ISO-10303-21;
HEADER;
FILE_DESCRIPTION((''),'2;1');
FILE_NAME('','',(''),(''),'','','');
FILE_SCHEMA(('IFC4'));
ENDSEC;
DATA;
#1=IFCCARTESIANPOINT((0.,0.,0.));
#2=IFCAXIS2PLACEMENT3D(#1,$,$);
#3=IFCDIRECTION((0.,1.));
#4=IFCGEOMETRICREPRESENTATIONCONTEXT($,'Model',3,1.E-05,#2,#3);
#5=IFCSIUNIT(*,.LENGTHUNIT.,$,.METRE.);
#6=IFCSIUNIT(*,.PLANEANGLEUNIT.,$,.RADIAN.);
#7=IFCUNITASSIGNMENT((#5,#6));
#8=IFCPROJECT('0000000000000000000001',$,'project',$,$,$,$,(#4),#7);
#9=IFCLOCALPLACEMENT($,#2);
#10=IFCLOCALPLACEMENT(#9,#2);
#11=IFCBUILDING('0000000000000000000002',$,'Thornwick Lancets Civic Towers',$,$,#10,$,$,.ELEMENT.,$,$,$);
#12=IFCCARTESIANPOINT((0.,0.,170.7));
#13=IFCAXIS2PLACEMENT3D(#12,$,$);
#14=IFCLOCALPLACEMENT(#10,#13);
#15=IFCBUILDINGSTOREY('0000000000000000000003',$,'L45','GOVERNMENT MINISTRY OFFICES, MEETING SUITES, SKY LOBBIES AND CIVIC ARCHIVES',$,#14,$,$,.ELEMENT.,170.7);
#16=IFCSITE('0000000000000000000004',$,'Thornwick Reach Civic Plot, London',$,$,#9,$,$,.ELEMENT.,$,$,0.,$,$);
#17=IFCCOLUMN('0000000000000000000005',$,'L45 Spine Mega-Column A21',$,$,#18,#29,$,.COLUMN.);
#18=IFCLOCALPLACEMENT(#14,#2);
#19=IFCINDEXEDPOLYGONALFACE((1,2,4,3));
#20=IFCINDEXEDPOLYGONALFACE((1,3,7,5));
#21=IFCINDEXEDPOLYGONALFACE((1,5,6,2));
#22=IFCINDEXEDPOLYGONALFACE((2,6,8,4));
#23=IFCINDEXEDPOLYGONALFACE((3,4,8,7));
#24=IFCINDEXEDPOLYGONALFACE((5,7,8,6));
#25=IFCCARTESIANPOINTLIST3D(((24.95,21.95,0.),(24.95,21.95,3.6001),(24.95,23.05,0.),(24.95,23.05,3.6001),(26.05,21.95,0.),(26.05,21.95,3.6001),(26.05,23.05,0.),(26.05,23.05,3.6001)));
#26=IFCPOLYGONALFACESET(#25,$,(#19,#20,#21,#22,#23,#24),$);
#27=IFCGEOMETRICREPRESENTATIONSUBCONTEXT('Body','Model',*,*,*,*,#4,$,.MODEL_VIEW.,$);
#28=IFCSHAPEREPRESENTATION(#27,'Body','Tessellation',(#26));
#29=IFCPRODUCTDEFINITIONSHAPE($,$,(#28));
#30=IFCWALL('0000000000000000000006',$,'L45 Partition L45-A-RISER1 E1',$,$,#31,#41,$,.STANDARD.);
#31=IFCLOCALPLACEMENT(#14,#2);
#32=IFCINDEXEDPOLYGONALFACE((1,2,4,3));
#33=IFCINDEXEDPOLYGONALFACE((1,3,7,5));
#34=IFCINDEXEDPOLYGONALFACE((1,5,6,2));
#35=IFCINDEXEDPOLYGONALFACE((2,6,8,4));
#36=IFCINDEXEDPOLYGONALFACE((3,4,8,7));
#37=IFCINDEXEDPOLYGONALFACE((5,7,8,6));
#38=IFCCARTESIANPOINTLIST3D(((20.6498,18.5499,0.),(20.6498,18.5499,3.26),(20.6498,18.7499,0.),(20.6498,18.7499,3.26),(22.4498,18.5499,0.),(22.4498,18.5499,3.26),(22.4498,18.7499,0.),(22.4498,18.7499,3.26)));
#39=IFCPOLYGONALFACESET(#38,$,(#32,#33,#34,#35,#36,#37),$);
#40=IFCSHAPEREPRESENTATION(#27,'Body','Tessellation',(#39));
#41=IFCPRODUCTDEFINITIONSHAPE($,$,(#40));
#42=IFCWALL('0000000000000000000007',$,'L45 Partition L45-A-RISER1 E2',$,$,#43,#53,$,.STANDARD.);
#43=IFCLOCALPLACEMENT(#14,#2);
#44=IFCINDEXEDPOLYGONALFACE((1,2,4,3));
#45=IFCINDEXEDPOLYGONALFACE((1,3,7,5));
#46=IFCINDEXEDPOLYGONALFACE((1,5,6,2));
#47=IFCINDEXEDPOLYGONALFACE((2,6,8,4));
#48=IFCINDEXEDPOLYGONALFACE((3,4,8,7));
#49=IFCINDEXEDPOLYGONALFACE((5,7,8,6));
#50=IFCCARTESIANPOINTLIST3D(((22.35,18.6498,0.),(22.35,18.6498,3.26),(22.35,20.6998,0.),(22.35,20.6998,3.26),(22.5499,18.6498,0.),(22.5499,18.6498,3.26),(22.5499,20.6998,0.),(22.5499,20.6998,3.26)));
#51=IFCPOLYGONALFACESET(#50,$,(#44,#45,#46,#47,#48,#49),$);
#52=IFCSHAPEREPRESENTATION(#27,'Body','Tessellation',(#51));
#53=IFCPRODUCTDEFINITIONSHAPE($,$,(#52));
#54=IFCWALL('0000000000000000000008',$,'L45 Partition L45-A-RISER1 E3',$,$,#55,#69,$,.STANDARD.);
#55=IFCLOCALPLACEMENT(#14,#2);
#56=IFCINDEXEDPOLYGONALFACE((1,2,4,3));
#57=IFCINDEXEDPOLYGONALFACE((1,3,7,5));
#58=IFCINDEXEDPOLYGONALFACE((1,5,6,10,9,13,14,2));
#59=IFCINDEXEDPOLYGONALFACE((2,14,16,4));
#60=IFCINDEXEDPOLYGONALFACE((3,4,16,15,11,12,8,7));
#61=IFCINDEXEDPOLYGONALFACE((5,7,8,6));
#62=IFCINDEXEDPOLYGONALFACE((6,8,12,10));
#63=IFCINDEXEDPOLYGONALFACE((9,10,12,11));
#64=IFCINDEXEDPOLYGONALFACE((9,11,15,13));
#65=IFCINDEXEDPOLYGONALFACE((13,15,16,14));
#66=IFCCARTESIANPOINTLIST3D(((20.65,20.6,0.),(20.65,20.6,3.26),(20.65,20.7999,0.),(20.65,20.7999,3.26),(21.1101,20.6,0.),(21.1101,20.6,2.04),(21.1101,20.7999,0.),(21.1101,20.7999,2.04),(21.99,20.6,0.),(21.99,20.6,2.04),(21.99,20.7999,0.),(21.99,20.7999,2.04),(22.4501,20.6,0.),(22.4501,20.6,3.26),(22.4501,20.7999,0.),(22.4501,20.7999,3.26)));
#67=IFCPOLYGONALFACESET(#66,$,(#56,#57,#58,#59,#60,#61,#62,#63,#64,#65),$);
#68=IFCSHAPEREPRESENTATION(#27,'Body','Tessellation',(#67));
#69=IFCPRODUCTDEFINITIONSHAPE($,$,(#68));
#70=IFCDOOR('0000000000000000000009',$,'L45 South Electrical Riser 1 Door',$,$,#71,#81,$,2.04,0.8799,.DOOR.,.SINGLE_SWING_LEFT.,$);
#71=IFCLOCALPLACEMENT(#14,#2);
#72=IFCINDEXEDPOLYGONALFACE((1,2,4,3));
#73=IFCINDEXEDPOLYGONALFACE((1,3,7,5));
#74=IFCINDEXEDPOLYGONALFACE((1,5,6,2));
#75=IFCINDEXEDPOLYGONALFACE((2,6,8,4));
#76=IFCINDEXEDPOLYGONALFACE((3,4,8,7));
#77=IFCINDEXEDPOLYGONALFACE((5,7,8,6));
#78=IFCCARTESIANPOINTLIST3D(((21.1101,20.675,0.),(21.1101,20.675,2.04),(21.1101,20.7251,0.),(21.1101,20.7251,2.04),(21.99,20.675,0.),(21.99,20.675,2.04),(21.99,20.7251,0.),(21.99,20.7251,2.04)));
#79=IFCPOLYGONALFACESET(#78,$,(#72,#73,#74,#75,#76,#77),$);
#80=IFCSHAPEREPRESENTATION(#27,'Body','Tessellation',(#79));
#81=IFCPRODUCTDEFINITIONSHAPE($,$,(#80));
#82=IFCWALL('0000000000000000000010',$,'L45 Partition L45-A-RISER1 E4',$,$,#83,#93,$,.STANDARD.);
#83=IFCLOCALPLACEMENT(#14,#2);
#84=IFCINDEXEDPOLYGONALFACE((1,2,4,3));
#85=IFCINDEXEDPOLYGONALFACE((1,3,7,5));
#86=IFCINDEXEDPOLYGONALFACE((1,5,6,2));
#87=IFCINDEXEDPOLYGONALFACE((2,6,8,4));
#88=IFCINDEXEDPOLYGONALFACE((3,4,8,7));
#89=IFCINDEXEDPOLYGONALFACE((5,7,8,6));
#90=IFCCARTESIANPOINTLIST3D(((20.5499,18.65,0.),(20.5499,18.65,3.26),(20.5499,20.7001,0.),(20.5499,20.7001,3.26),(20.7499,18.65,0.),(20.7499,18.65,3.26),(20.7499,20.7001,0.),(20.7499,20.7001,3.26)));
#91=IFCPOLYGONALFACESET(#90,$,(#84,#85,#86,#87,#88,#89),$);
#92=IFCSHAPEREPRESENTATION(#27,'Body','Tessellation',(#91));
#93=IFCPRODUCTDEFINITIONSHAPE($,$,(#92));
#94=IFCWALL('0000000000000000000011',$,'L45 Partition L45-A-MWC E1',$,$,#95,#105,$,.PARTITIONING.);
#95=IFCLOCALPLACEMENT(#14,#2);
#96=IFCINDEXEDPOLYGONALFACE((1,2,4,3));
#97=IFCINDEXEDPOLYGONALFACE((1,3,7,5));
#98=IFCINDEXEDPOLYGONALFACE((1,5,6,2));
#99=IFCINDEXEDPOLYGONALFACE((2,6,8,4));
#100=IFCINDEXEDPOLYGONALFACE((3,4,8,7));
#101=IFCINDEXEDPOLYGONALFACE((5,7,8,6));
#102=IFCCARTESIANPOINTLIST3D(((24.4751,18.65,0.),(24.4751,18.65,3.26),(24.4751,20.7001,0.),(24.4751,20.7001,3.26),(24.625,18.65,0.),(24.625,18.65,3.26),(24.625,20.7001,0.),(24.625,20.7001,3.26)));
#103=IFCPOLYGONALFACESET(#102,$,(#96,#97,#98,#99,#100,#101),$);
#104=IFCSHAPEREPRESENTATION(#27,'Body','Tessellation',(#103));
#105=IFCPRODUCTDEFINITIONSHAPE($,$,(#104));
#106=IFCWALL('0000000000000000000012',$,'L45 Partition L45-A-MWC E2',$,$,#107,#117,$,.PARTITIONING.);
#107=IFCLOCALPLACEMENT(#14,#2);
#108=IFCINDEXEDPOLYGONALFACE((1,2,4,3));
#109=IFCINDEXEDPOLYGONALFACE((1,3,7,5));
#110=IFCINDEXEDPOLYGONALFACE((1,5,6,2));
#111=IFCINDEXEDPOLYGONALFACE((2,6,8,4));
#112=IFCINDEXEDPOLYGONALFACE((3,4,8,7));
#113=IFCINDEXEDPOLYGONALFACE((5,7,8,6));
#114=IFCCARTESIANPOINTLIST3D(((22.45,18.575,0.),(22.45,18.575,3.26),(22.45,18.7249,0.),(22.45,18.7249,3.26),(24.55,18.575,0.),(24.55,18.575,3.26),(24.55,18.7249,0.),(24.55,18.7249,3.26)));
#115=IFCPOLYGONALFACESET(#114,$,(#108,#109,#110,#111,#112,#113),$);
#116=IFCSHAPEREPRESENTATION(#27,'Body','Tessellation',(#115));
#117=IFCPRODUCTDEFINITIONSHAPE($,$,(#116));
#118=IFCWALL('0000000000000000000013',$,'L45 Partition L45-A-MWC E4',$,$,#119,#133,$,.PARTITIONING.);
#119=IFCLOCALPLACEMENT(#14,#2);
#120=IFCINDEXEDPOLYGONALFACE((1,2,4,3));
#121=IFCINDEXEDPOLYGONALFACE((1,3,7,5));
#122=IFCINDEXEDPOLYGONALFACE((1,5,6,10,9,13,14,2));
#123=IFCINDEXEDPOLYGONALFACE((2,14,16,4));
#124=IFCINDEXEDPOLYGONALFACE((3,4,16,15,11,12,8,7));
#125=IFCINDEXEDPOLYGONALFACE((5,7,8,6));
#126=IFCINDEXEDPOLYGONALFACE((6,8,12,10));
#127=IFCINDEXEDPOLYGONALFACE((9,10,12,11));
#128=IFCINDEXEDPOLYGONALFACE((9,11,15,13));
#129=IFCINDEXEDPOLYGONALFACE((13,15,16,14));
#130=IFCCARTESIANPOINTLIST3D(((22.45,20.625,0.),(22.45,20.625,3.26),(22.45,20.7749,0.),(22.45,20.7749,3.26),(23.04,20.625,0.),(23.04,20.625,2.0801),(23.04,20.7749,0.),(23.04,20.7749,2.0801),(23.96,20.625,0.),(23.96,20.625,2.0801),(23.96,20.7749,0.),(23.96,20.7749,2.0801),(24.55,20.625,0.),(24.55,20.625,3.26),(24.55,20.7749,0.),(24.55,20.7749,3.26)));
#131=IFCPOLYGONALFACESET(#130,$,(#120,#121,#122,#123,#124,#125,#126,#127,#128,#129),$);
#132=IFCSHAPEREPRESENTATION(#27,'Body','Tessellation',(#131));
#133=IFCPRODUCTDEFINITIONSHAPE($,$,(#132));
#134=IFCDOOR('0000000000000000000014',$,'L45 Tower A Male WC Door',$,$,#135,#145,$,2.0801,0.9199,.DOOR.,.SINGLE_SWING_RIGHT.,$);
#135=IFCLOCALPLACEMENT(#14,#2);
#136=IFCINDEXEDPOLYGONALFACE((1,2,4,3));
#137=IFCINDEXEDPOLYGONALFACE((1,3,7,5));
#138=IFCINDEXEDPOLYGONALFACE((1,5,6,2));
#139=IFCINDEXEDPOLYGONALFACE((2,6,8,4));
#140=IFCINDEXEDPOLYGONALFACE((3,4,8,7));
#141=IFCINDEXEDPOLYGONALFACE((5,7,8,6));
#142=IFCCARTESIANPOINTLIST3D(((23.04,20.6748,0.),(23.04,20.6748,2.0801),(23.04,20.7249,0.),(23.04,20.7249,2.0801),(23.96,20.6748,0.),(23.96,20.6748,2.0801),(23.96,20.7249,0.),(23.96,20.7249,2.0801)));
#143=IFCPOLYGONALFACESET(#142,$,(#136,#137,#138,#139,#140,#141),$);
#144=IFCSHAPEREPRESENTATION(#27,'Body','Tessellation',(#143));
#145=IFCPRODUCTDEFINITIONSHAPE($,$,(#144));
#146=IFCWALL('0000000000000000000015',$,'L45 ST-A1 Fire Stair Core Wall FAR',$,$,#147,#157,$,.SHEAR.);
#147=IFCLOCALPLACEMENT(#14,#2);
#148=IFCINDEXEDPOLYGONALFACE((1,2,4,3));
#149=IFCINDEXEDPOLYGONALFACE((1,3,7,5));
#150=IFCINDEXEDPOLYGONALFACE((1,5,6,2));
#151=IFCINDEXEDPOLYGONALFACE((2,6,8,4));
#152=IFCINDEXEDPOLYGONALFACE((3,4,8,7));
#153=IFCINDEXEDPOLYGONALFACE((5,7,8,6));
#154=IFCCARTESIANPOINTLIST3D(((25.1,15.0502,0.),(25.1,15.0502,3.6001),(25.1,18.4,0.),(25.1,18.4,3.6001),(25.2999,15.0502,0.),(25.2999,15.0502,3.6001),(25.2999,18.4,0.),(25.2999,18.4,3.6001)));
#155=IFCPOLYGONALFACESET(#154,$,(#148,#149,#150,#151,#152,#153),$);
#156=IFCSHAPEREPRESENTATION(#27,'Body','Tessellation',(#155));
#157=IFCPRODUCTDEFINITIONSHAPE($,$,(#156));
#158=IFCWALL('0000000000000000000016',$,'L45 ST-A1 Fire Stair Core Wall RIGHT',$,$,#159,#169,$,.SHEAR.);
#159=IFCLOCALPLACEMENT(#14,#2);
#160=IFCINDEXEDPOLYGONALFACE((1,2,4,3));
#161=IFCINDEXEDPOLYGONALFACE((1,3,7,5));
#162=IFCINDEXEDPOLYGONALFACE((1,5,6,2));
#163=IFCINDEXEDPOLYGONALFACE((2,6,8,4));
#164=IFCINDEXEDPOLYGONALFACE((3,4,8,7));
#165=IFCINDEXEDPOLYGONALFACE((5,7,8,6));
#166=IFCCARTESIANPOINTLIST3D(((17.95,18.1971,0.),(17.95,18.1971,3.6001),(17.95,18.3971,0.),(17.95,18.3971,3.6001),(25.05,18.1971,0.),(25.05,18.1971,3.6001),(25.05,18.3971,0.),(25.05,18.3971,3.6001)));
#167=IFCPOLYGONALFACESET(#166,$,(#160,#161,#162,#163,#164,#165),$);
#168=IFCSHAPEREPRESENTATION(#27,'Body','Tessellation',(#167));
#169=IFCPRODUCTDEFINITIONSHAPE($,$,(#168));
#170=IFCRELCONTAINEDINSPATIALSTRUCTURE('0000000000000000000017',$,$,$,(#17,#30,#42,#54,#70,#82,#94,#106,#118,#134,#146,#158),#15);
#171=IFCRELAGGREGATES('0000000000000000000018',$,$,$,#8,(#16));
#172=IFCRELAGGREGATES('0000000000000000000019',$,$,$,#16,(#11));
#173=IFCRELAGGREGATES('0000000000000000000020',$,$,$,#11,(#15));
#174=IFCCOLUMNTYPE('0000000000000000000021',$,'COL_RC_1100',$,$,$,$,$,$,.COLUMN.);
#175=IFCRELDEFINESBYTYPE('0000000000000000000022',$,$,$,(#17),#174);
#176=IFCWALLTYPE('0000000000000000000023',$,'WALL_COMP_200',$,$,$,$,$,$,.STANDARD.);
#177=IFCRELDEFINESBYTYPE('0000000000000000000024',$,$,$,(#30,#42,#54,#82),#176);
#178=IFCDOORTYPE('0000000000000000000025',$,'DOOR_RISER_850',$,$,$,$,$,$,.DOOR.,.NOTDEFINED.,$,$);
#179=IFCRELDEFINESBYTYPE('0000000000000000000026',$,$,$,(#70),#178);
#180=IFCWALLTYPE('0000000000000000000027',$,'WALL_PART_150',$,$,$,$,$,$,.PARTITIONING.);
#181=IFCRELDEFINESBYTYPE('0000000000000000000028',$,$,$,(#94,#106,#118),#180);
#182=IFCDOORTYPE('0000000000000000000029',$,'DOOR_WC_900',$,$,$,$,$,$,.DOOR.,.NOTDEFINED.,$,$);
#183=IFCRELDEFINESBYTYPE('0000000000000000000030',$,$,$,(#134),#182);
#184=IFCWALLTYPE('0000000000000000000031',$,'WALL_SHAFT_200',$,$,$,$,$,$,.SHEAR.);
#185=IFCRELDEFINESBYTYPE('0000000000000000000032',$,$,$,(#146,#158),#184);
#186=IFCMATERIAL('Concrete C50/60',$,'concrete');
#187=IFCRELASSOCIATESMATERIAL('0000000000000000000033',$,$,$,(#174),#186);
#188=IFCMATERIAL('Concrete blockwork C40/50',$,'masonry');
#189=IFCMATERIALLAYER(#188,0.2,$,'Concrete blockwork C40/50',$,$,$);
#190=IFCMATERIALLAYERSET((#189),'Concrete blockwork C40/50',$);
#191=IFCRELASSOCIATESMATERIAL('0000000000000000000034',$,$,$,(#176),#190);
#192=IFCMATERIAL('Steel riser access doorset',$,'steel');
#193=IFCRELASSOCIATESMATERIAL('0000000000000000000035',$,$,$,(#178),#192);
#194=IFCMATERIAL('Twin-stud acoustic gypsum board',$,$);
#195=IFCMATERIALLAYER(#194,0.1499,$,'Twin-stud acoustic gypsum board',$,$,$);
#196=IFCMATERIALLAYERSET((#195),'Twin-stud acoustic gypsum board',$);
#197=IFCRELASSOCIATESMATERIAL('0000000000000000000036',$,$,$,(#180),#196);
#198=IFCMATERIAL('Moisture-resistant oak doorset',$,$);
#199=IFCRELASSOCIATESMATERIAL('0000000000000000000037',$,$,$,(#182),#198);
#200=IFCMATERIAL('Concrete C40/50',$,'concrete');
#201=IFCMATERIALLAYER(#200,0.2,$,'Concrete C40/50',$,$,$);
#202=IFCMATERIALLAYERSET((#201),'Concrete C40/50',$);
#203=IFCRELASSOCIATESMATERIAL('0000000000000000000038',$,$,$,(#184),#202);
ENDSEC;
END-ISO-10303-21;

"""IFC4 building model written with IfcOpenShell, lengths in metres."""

from ifc_helpers import new_model, si_unit, direction, frame, frame_2d, origin, origin_2d, place, context, subcontext, project, spatial, rectangle, extrude, material, layer, layer_set, material_profile, profile_set, type_object, element, fill, save


model = new_model("IFC4")

# Units and contexts
model_context = context("Model", 3, precision=1e-05, world=origin(), true_north=direction((0.0, 1.0)))
body_context = subcontext(model_context, "Body", "Model", "MODEL_VIEW")
ifc_project = project(units=[si_unit("LENGTHUNIT", "METRE"), si_unit("PLANEANGLEUNIT", "RADIAN")], contexts=[model_context])

# Site, building, storey
site_placement = place(None, origin())
site = spatial("IfcSite", under=ifc_project, at=site_placement, Name="Thornwick Reach Civic Plot, London", CompositionType="ELEMENT", RefElevation=0.0)
building_placement = place(site_placement, origin())
building = spatial("IfcBuilding", under=site, at=building_placement, Name="Thornwick Lancets Civic Towers", CompositionType="ELEMENT")
storey_placement = place(building_placement, frame((0.0, 0.0, 170.7)))
storey = spatial("IfcBuildingStorey", under=building, at=storey_placement, Name="L45", Description="GOVERNMENT MINISTRY OFFICES, MEETING SUITES, SKY LOBBIES AND CIVIC ARCHIVES", CompositionType="ELEMENT", Elevation=170.7)

# Column
ifc_material_1 = material(Name="Concrete C50/60", Category="concrete")
ifc_material_profile = material_profile(ifc_material_1, rectangle(XDim=1.1001, YDim=1.1001, at=origin_2d()), Name="RC 1100x1100")
ifc_profile_set = profile_set([ifc_material_profile], Name="Concrete C50/60")
column_type = type_object("IfcColumnType", Name="COL_RC_1100", PredefinedType="COLUMN", material=ifc_profile_set)
column_placement = place(storey_placement, frame((25.5, 22.5, 0.0), z_axis=(0.0, 0.0, 1.0), x_axis=(1.0, 0.0, 0.0)))
element("IfcColumn", 1, at=column_placement, inside=storey, type_object=column_type, Name="L45 Spine Mega-Column A21", PredefinedType="COLUMN", context=body_context, shape_type="SweptSolid", body=[
    extrude(rectangle(XDim=1.1001, YDim=1.1001, at=origin_2d()), origin(), (0.0, 0.0, 1.0), 3.6001),
])

# Walls
ifc_material_2 = material(Name="Concrete blockwork C40/50", Category="masonry")
ifc_layer_1 = layer(ifc_material_2, 0.2, Name="Concrete blockwork C40/50")
ifc_layer_set_1 = layer_set([ifc_layer_1], Name="Concrete blockwork C40/50")
wall_type_1 = type_object("IfcWallType", Name="WALL_COMP_200", PredefinedType="STANDARD", material=ifc_layer_set_1)
wall_1_placement = place(storey_placement, frame((20.6499, 18.6499, 0.0), z_axis=(0.0, 0.0, 1.0), x_axis=(1.0, 0.0, 0.0)))
element("IfcWall", 2, at=wall_1_placement, inside=storey, type_object=wall_type_1, Name="L45 Partition L45-A-RISER1 E1", PredefinedType="STANDARD", context=body_context, shape_type="SweptSolid", body=[
    extrude(rectangle(XDim=1.8, YDim=0.2, at=frame_2d((0.8999, 0.0))), origin(), (0.0, 0.0, 1.0), 3.26),
])
wall_2_placement = place(storey_placement, frame((22.45, 18.6499, 0.0), z_axis=(0.0, 0.0, 1.0), x_axis=(0.0, 1.0, 0.0)))
element("IfcWall", 3, at=wall_2_placement, inside=storey, type_object=wall_type_1, Name="L45 Partition L45-A-RISER1 E2", PredefinedType="STANDARD", context=body_context, shape_type="SweptSolid", body=[
    extrude(rectangle(XDim=2.05, YDim=0.2, at=frame_2d((1.0249, 0.0))), origin(), (0.0, 0.0, 1.0), 3.26),
])

# Wall, opening, door
wall_3_placement = place(storey_placement, frame((22.45, 20.7, 0.0), z_axis=(0.0, 0.0, 1.0), x_axis=(-1.0, 0.0, 0.0)))
wall_3 = element("IfcWall", 4, at=wall_3_placement, inside=storey, type_object=wall_type_1, Name="L45 Partition L45-A-RISER1 E3", PredefinedType="STANDARD", context=body_context, shape_type="SweptSolid", body=[
    extrude(rectangle(XDim=1.8, YDim=0.2, at=frame_2d((0.8999, 0.0))), origin(), (0.0, 0.0, 1.0), 3.26),
])
opening_1_placement = place(wall_3_placement, frame((0.46, 0.0, 0.0)))
opening_1 = element("IfcOpeningElement", 5, at=opening_1_placement, cuts=wall_3, PredefinedType="OPENING", context=body_context, shape_type="SweptSolid", body=[
    extrude(rectangle(XDim=0.8799, YDim=2.04, at=frame_2d((0.4399, 1.02))), frame((0.0, 0.1099, 0.0), z_axis=(0.0, -1.0, 0.0), x_axis=(1.0, 0.0, 0.0)), (0.0, 0.0, 1.0), 0.22),
])
ifc_material_3 = material(Name="Steel riser access doorset", Category="steel")
door_type_1 = type_object("IfcDoorType", Name="DOOR_RISER_850", OperationType="NOTDEFINED", PredefinedType="DOOR", material=ifc_material_3)
door_1_placement = place(opening_1_placement, origin())
door_1 = element("IfcDoor", 6, at=door_1_placement, inside=storey, type_object=door_type_1, Name="L45 South Electrical Riser 1 Door", OperationType="SINGLE_SWING_LEFT", OverallHeight=2.04, OverallWidth=0.8799, PredefinedType="DOOR", context=body_context, shape_type="SweptSolid", body=[
    extrude(rectangle(XDim=0.8799, YDim=2.04, at=frame_2d((0.4399, 1.02))), frame((0.0, 0.0249, 0.0), z_axis=(0.0, -1.0, 0.0), x_axis=(1.0, 0.0, 0.0)), (0.0, 0.0, 1.0), 0.05),
])
fill(opening_1, door_1)

# Walls
wall_4_placement = place(storey_placement, frame((20.6499, 20.7, 0.0), z_axis=(0.0, 0.0, 1.0), x_axis=(0.0, -1.0, 0.0)))
element("IfcWall", 7, at=wall_4_placement, inside=storey, type_object=wall_type_1, Name="L45 Partition L45-A-RISER1 E4", PredefinedType="STANDARD", context=body_context, shape_type="SweptSolid", body=[
    extrude(rectangle(XDim=2.05, YDim=0.2, at=frame_2d((1.0249, 0.0))), origin(), (0.0, 0.0, 1.0), 3.26),
])
ifc_material_4 = material(Name="Twin-stud acoustic gypsum board")
ifc_layer_2 = layer(ifc_material_4, 0.1499, Name="Twin-stud acoustic gypsum board")
ifc_layer_set_2 = layer_set([ifc_layer_2], Name="Twin-stud acoustic gypsum board")
wall_type_2 = type_object("IfcWallType", Name="WALL_PART_150", PredefinedType="PARTITIONING", material=ifc_layer_set_2)
wall_5_placement = place(storey_placement, frame((24.55, 20.7, 0.0), z_axis=(0.0, 0.0, 1.0), x_axis=(0.0, -1.0, 0.0)))
element("IfcWall", 8, at=wall_5_placement, inside=storey, type_object=wall_type_2, Name="L45 Partition L45-A-MWC E1", PredefinedType="PARTITIONING", context=body_context, shape_type="SweptSolid", body=[
    extrude(rectangle(XDim=2.05, YDim=0.1499, at=frame_2d((1.0249, 0.0))), origin(), (0.0, 0.0, 1.0), 3.26),
])
wall_6_placement = place(storey_placement, frame((24.55, 18.6499, 0.0), z_axis=(0.0, 0.0, 1.0), x_axis=(-1.0, 0.0, 0.0)))
element("IfcWall", 9, at=wall_6_placement, inside=storey, type_object=wall_type_2, Name="L45 Partition L45-A-MWC E2", PredefinedType="PARTITIONING", context=body_context, shape_type="SweptSolid", body=[
    extrude(rectangle(XDim=2.1001, YDim=0.1499, at=frame_2d((1.05, 0.0))), origin(), (0.0, 0.0, 1.0), 3.26),
])

# Wall, opening, door
wall_7_placement = place(storey_placement, frame((22.45, 20.7, 0.0), z_axis=(0.0, 0.0, 1.0), x_axis=(1.0, 0.0, 0.0)))
wall_7 = element("IfcWall", 10, at=wall_7_placement, inside=storey, type_object=wall_type_2, Name="L45 Partition L45-A-MWC E4", PredefinedType="PARTITIONING", context=body_context, shape_type="SweptSolid", body=[
    extrude(rectangle(XDim=2.1001, YDim=0.1499, at=frame_2d((1.05, 0.0))), origin(), (0.0, 0.0, 1.0), 3.26),
])
opening_2_placement = place(wall_7_placement, frame((0.5901, 0.0, 0.0)))
opening_2 = element("IfcOpeningElement", 11, at=opening_2_placement, cuts=wall_7, PredefinedType="OPENING", context=body_context, shape_type="SweptSolid", body=[
    extrude(rectangle(XDim=0.9199, YDim=2.0801, at=frame_2d((0.46, 1.04))), frame((0.0, 0.085, 0.0), z_axis=(0.0, -1.0, 0.0), x_axis=(1.0, 0.0, 0.0)), (0.0, 0.0, 1.0), 0.1699),
])
ifc_material_5 = material(Name="Moisture-resistant oak doorset")
door_type_2 = type_object("IfcDoorType", Name="DOOR_WC_900", OperationType="NOTDEFINED", PredefinedType="DOOR", material=ifc_material_5)
door_2_placement = place(opening_2_placement, origin())
door_2 = element("IfcDoor", 12, at=door_2_placement, inside=storey, type_object=door_type_2, Name="L45 Tower A Male WC Door", OperationType="SINGLE_SWING_RIGHT", OverallHeight=2.0801, OverallWidth=0.9199, PredefinedType="DOOR", context=body_context, shape_type="SweptSolid", body=[
    extrude(rectangle(XDim=0.9199, YDim=2.0801, at=frame_2d((0.46, 1.04))), frame((0.0, 0.0249, 0.0), z_axis=(0.0, -1.0, 0.0), x_axis=(1.0, 0.0, 0.0)), (0.0, 0.0, 1.0), 0.05),
])
fill(opening_2, door_2)

# Walls
ifc_material_6 = material(Name="Concrete C40/50", Category="concrete")
ifc_layer_3 = layer(ifc_material_6, 0.2, Name="Concrete C40/50")
ifc_layer_set_3 = layer_set([ifc_layer_3], Name="Concrete C40/50")
wall_type_3 = type_object("IfcWallType", Name="WALL_SHAFT_200", PredefinedType="SHEAR", material=ifc_layer_set_3)
wall_8_placement = place(storey_placement, frame((25.2, 18.3999, 0.0), z_axis=(0.0, 0.0, 1.0), x_axis=(0.0, -1.0, 0.0)))
element("IfcWall", 13, at=wall_8_placement, inside=storey, type_object=wall_type_3, Name="L45 ST-A1 Fire Stair Core Wall FAR", PredefinedType="SHEAR", context=body_context, shape_type="SweptSolid", body=[
    extrude(rectangle(XDim=3.3499, YDim=0.2, at=frame_2d((1.6748, 0.0))), origin(), (0.0, 0.0, 1.0), 3.6001),
])
wall_9_placement = place(storey_placement, frame((25.05, 18.2971, 0.0), z_axis=(0.0, 0.0, 1.0), x_axis=(-1.0, 0.0, 0.0)))
element("IfcWall", 14, at=wall_9_placement, inside=storey, type_object=wall_type_3, Name="L45 ST-A1 Fire Stair Core Wall RIGHT", PredefinedType="SHEAR", context=body_context, shape_type="SweptSolid", body=[
    extrude(rectangle(XDim=7.1001, YDim=0.2, at=frame_2d((3.55, 0.0))), origin(), (0.0, 0.0, 1.0), 3.6001),
])

save(model, "model.ifc")
